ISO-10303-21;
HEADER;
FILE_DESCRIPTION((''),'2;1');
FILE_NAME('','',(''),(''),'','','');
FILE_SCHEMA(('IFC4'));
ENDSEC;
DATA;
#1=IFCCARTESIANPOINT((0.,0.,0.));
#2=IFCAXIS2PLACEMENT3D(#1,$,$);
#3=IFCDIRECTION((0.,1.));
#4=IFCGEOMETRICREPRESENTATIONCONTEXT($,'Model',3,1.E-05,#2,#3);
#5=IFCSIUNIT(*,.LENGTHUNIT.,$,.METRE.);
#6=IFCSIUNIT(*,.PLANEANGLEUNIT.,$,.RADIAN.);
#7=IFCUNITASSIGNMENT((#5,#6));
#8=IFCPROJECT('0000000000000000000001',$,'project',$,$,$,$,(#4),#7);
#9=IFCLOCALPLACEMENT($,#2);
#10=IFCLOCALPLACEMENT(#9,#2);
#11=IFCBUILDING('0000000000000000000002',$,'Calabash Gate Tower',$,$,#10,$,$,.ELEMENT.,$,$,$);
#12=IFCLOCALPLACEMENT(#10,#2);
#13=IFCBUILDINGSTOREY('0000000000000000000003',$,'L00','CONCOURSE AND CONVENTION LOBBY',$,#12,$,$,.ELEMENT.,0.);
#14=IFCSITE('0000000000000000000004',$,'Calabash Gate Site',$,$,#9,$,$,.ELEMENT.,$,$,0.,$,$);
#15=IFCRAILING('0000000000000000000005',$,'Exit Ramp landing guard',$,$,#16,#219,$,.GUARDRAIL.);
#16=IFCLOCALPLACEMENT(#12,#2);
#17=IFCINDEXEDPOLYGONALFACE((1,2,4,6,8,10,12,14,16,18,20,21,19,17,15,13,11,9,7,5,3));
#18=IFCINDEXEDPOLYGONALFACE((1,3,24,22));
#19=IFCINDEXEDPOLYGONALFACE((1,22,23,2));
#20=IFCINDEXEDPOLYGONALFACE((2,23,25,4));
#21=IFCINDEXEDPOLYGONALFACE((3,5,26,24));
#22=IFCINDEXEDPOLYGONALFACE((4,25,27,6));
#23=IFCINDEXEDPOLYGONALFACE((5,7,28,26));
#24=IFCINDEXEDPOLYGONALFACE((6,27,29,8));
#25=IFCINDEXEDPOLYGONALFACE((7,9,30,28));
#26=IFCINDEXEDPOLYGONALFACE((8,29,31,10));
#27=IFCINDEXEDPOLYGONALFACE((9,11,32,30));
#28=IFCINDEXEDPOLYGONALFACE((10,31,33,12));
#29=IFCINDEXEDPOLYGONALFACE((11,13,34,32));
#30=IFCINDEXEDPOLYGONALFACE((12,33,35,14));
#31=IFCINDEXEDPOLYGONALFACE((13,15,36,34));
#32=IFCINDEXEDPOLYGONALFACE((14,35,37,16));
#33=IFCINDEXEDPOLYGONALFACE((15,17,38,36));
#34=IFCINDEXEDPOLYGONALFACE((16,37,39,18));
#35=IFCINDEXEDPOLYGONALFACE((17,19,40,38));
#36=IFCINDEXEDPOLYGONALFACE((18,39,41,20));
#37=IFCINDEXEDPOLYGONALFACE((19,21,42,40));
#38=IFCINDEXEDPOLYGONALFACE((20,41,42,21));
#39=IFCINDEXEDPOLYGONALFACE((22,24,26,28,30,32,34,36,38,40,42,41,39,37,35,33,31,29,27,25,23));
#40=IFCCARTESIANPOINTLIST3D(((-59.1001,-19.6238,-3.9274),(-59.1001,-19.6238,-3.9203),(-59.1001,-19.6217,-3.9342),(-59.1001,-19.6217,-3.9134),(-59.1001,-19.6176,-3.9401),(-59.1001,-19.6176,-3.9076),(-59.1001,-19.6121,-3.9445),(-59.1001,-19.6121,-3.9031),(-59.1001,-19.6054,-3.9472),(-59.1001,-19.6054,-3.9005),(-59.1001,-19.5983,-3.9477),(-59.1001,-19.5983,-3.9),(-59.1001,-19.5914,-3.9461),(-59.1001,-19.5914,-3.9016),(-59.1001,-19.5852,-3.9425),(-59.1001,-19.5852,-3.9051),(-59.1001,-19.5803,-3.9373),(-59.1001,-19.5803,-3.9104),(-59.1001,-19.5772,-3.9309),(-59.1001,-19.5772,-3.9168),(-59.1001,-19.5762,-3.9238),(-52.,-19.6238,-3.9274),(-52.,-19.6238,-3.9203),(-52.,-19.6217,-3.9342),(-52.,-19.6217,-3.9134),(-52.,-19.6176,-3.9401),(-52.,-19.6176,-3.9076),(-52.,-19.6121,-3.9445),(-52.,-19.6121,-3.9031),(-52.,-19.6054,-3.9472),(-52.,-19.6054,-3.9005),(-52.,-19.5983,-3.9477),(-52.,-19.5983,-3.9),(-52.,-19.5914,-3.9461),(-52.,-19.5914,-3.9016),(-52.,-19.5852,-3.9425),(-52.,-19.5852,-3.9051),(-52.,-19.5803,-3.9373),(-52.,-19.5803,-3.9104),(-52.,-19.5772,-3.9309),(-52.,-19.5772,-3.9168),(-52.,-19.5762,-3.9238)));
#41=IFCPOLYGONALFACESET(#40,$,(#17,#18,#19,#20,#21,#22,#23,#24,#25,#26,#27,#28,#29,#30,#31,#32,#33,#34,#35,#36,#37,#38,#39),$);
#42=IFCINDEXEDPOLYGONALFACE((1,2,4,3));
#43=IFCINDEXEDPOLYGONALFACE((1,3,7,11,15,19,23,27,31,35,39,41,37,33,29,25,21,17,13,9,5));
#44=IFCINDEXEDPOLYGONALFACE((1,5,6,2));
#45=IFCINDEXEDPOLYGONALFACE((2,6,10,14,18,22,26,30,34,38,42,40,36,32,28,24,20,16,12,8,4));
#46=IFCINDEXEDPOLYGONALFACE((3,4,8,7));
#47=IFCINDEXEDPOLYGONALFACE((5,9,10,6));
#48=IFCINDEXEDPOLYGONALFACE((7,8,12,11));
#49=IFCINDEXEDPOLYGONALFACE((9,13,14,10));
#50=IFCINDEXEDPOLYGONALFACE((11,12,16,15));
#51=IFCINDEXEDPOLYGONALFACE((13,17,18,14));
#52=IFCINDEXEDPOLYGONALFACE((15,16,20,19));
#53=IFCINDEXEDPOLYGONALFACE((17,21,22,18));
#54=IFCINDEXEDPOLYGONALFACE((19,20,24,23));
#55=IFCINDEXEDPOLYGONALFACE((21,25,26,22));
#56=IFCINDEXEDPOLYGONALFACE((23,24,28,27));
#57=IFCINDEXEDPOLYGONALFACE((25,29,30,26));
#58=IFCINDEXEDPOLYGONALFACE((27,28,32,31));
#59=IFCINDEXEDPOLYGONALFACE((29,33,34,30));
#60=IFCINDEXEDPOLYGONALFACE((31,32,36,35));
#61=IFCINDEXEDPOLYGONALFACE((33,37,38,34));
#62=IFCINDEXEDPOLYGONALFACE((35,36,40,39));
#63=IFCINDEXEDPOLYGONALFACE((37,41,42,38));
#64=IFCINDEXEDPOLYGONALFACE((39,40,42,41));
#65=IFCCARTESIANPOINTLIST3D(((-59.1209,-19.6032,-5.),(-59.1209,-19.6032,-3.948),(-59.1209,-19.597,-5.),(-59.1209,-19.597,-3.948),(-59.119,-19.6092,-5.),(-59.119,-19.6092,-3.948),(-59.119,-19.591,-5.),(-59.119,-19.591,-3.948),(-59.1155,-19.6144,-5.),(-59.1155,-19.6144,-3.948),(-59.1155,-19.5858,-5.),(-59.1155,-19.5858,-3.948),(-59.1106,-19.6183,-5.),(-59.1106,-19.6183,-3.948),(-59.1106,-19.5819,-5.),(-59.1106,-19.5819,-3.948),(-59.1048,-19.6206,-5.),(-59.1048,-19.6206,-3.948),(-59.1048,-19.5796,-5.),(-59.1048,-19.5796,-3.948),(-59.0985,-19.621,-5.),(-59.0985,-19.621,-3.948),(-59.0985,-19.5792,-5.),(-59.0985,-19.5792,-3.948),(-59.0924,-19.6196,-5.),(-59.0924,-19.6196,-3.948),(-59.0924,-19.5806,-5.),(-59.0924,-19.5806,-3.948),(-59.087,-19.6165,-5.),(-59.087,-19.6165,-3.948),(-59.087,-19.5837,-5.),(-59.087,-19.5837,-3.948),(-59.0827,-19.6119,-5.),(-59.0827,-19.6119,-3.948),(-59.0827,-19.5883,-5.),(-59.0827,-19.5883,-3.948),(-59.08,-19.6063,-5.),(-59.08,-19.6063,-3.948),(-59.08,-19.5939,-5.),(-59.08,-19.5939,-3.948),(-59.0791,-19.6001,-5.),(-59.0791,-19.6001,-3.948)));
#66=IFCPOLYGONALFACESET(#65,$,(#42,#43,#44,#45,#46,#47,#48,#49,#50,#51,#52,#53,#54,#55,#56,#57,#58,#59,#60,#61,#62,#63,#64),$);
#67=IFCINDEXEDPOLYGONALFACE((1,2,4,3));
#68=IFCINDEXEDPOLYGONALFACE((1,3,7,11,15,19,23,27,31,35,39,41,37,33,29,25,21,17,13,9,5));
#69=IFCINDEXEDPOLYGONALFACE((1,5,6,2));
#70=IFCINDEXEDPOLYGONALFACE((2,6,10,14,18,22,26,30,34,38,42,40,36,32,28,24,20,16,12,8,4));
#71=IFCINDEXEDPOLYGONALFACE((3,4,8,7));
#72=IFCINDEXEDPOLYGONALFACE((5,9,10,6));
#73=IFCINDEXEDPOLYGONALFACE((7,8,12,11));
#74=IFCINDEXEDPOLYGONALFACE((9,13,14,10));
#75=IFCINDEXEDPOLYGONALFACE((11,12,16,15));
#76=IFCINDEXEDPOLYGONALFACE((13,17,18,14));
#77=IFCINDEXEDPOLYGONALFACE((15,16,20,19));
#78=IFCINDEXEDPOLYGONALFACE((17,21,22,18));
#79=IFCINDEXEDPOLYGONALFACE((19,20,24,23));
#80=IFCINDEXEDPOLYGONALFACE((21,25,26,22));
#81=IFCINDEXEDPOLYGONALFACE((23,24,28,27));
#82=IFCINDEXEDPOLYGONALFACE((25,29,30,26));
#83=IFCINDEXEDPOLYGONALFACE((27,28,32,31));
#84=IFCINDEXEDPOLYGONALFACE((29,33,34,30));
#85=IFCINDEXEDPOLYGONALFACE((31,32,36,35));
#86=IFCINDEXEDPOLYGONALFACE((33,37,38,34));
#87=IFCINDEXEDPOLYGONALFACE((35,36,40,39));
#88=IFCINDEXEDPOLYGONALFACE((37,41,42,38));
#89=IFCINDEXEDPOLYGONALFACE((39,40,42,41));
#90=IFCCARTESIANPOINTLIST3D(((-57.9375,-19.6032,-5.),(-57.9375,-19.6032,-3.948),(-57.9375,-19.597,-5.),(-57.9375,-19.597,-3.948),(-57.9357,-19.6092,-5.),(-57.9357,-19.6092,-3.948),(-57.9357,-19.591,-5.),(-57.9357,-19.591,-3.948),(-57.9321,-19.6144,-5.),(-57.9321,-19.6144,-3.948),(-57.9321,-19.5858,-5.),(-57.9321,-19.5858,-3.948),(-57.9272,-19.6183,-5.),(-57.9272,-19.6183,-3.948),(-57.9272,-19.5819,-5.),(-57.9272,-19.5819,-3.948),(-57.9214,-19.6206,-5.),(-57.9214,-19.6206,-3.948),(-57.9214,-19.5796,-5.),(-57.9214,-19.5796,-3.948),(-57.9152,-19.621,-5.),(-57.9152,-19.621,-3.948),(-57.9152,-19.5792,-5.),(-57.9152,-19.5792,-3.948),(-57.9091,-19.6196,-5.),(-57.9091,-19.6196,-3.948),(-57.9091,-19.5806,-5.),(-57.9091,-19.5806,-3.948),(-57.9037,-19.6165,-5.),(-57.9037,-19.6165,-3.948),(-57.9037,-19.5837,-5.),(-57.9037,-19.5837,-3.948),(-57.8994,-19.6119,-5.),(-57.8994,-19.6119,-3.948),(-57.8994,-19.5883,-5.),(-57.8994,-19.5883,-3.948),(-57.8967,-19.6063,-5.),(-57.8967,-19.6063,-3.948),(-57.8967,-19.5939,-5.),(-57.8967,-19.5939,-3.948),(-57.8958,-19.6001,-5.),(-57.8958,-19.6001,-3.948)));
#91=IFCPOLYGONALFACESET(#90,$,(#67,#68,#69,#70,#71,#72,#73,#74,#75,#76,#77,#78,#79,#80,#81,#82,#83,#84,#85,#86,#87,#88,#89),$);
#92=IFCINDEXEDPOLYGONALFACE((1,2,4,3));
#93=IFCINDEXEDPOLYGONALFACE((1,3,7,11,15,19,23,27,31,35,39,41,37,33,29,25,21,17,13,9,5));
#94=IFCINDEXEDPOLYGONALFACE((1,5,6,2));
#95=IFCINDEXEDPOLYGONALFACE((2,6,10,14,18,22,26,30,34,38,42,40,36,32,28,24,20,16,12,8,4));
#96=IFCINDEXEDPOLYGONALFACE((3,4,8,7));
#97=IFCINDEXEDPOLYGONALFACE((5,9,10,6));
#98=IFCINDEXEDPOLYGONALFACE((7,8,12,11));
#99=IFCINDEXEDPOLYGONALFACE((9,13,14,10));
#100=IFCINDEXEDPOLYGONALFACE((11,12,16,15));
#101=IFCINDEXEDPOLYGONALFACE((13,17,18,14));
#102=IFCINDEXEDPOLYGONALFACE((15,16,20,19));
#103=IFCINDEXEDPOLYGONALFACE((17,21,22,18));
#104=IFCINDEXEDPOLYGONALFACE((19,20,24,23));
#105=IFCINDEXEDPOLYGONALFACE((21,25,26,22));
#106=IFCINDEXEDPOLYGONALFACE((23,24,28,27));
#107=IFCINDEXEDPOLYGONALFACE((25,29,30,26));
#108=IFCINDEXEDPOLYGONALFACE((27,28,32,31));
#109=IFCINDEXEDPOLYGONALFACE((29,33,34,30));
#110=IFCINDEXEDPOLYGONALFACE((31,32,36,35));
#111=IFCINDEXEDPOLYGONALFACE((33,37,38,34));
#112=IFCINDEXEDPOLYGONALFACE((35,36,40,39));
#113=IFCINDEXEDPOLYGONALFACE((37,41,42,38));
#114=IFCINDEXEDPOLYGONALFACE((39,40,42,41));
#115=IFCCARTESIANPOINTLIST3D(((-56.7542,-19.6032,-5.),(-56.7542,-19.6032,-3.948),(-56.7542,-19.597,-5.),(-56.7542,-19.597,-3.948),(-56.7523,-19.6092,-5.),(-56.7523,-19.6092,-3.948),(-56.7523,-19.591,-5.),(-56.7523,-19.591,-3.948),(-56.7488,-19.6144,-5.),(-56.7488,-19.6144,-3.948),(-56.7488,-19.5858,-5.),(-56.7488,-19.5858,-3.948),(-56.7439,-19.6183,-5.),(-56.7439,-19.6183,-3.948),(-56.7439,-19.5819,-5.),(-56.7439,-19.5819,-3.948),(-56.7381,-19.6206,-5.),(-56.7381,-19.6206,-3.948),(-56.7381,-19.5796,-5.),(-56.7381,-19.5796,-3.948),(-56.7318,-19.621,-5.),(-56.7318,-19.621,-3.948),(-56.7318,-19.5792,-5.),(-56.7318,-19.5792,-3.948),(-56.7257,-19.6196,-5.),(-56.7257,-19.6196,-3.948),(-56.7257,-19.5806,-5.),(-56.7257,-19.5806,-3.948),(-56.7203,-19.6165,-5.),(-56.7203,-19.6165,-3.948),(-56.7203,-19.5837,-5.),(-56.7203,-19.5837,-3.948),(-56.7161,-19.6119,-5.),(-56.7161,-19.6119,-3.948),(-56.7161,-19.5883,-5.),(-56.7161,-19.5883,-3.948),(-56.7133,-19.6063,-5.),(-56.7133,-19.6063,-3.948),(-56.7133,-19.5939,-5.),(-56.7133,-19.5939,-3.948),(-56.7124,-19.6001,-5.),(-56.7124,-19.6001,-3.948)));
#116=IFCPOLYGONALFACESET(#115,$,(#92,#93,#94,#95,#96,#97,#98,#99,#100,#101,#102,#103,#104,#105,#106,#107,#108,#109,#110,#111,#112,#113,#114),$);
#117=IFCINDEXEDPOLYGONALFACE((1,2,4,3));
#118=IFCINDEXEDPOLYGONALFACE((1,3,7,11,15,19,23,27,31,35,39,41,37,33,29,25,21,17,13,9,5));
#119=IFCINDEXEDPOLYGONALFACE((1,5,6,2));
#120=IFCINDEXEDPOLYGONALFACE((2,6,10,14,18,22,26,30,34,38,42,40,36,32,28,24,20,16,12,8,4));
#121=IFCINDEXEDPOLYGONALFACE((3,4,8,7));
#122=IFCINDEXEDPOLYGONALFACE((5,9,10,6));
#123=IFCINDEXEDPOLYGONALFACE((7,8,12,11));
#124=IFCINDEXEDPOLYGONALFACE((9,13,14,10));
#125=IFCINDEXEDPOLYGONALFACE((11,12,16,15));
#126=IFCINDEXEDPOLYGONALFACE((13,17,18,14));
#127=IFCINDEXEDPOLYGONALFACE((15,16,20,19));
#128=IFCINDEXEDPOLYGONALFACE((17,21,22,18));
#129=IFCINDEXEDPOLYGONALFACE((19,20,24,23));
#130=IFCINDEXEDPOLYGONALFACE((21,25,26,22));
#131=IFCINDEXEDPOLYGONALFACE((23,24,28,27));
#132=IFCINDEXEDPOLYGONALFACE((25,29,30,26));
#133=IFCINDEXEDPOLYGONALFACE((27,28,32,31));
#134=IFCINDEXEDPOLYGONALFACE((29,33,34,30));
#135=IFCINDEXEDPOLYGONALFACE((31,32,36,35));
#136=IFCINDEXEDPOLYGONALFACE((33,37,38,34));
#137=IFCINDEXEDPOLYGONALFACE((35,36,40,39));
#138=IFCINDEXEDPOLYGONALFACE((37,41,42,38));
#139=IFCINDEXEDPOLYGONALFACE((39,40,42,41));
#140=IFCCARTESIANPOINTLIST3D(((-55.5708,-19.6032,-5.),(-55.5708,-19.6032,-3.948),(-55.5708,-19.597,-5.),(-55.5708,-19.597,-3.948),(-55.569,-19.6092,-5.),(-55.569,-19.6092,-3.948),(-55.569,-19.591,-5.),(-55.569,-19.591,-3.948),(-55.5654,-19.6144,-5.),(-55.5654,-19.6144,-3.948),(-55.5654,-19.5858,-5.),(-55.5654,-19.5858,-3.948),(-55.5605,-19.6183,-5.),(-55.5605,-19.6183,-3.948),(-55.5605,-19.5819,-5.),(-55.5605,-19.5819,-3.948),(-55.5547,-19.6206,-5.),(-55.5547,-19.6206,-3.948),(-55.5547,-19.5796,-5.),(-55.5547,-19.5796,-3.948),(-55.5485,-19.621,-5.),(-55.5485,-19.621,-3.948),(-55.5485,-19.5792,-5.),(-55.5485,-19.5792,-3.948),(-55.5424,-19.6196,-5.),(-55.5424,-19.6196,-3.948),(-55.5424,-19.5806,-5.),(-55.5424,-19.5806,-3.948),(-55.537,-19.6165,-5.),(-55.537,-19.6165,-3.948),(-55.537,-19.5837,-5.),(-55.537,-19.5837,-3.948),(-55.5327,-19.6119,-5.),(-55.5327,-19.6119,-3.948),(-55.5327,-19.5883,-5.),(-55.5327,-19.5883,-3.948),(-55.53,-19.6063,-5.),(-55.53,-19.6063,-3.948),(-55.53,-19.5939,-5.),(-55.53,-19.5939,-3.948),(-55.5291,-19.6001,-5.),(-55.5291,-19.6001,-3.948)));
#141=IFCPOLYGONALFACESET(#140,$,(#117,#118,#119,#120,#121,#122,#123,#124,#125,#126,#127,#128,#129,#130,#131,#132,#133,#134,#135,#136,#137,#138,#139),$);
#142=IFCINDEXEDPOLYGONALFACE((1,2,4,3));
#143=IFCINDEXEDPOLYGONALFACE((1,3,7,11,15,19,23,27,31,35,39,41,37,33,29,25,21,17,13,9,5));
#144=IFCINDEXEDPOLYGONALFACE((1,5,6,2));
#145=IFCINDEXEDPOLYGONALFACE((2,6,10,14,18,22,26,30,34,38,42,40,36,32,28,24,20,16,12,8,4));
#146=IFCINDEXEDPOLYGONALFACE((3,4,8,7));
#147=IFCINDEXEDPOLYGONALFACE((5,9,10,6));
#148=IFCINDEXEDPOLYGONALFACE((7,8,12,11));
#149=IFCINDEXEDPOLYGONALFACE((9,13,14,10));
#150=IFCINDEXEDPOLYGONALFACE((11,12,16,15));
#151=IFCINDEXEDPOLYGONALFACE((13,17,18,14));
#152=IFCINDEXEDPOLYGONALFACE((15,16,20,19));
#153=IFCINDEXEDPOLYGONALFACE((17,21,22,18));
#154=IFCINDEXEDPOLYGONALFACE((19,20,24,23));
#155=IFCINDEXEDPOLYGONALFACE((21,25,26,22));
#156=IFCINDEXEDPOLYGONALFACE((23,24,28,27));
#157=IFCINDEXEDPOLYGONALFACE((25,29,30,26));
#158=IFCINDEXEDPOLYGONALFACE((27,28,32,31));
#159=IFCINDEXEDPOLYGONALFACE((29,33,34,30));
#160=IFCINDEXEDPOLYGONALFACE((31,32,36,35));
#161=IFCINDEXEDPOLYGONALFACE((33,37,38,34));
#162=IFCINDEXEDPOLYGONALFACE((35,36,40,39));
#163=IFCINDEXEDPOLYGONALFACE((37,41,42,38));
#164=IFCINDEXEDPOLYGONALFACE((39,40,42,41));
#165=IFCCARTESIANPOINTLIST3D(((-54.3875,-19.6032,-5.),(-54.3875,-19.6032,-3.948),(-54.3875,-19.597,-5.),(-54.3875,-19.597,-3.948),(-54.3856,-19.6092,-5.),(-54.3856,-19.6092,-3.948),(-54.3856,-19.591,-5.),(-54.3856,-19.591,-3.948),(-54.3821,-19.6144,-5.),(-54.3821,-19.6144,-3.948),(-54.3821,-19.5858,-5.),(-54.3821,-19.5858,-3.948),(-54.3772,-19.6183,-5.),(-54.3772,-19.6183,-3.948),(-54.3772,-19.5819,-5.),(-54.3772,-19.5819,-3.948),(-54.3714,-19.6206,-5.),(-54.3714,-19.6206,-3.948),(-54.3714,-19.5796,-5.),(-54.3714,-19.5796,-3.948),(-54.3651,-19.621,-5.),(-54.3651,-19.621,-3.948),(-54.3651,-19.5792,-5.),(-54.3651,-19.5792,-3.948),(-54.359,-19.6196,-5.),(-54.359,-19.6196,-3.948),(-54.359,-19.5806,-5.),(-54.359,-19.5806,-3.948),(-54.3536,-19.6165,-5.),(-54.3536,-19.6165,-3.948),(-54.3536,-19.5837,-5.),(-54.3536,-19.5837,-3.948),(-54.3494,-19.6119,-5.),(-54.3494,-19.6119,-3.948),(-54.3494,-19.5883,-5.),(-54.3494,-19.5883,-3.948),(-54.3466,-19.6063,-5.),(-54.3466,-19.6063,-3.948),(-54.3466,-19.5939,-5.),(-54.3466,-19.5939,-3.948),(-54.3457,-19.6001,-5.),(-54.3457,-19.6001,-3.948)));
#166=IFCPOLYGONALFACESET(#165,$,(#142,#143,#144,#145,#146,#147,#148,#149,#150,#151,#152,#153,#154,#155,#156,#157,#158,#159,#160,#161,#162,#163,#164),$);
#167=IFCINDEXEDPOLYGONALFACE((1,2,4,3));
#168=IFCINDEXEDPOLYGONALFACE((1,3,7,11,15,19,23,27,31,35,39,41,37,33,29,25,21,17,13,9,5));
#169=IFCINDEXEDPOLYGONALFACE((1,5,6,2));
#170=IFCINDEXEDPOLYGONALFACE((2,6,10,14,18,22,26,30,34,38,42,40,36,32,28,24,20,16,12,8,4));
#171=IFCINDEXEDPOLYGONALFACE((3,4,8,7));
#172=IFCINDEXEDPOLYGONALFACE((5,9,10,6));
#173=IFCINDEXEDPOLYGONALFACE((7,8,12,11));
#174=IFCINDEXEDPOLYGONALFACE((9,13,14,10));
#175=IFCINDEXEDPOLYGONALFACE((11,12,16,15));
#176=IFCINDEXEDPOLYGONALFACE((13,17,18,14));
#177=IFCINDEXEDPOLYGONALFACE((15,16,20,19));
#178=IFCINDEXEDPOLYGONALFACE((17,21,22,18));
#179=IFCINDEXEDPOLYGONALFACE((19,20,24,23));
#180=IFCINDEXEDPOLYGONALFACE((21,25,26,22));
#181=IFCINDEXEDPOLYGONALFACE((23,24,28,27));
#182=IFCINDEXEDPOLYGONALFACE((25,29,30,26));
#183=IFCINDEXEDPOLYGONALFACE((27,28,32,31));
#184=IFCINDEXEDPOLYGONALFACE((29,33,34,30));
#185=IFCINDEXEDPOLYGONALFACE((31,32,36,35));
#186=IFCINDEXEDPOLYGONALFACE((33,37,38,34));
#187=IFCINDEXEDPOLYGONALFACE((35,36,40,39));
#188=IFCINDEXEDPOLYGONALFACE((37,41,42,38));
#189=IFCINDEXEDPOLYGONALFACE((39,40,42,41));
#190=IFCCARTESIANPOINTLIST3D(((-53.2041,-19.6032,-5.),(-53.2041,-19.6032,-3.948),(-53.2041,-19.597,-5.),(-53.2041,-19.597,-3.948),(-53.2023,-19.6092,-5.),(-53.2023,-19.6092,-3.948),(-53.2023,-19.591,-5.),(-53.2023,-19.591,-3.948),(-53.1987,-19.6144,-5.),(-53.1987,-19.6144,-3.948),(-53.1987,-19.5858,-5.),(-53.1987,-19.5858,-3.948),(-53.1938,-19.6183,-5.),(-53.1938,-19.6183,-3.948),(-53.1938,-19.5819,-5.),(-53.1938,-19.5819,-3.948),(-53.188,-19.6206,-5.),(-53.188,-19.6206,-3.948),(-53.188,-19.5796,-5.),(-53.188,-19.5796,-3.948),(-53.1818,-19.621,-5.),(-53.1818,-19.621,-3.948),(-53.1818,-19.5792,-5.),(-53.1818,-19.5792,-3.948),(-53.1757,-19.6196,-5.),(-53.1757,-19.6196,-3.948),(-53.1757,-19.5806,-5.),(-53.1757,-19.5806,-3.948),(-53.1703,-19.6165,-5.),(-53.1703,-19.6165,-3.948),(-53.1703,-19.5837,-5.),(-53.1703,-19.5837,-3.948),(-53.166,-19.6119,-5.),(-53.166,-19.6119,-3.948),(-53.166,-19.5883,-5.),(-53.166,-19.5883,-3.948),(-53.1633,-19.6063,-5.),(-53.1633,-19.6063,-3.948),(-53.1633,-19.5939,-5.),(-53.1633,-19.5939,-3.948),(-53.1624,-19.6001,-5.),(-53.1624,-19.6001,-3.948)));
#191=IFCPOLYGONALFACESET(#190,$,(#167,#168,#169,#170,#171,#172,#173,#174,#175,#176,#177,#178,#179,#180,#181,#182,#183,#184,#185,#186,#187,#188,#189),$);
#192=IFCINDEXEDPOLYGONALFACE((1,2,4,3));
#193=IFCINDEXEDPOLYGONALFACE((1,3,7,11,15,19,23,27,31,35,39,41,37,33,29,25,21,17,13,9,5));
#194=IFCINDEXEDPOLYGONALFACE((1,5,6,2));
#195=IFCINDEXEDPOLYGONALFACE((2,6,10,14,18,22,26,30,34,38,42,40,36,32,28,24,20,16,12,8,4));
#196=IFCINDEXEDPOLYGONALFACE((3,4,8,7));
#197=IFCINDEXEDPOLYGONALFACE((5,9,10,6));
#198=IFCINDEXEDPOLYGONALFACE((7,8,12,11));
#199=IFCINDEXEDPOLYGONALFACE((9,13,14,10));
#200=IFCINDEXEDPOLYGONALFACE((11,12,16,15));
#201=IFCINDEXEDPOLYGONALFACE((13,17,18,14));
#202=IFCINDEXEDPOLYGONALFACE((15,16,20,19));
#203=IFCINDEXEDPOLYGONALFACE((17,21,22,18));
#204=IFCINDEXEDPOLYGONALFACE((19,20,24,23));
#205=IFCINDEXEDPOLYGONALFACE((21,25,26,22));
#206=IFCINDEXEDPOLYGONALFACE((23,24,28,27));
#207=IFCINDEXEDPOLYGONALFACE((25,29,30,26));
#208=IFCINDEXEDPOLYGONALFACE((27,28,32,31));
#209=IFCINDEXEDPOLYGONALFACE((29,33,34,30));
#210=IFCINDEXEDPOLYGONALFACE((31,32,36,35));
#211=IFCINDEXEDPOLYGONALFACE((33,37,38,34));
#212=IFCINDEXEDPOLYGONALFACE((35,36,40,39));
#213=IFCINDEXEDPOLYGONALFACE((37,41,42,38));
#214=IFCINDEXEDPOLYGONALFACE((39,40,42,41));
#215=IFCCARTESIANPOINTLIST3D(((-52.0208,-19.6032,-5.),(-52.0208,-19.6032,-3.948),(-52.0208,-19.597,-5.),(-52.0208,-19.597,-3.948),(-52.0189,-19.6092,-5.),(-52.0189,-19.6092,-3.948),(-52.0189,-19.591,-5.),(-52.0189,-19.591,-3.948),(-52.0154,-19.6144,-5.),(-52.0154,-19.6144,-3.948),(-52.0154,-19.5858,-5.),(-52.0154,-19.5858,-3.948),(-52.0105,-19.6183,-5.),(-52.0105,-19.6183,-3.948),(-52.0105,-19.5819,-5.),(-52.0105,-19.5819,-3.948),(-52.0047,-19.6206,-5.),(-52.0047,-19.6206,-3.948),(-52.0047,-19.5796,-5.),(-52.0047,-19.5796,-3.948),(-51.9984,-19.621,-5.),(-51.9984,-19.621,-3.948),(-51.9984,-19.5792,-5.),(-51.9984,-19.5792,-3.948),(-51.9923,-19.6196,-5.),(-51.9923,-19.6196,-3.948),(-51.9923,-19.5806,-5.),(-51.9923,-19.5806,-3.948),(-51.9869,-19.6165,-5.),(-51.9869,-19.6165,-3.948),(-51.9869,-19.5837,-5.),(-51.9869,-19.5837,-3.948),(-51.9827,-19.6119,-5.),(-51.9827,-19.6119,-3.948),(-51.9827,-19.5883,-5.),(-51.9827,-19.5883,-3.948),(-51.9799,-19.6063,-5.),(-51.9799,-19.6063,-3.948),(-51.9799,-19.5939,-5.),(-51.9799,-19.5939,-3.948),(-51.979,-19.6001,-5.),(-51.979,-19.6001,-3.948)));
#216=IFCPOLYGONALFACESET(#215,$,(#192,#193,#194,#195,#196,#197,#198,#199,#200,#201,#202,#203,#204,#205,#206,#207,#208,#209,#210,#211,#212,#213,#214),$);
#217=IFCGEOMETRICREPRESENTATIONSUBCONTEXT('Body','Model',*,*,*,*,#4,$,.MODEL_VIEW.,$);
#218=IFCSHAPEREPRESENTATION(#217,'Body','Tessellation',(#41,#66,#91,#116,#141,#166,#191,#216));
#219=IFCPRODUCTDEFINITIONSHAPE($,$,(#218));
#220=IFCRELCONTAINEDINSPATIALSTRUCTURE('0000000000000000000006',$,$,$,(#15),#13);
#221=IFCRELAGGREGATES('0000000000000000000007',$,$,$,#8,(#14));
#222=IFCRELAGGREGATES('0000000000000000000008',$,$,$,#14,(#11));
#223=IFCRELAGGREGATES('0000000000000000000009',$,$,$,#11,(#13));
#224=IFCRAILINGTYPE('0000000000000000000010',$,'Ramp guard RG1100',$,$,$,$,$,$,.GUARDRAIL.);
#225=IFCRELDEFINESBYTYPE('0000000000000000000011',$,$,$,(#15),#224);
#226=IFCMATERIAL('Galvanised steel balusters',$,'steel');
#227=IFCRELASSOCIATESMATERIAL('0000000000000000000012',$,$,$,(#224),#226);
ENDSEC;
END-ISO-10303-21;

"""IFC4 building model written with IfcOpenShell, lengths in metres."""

from ifc_helpers import new_model, si_unit, direction, frame, origin, origin_2d, place, context, subcontext, project, spatial, circle, extrude, material, type_object, element, save


model = new_model("IFC4")

# Units and contexts
model_context = context("Model", 3, precision=1e-05, world=origin(), true_north=direction((0.0, 1.0)))
body_context = subcontext(model_context, "Body", "Model", "MODEL_VIEW")
ifc_project = project(units=[si_unit("LENGTHUNIT", "METRE"), si_unit("PLANEANGLEUNIT", "RADIAN")], contexts=[model_context])

# Site, building, storey
site_placement = place(None, origin())
site = spatial("IfcSite", under=ifc_project, at=site_placement, Name="Calabash Gate Site", CompositionType="ELEMENT", RefElevation=0.0)
building_placement = place(site_placement, origin())
building = spatial("IfcBuilding", under=site, at=building_placement, Name="Calabash Gate Tower", CompositionType="ELEMENT")
storey_placement = place(building_placement, origin())
storey = spatial("IfcBuildingStorey", under=building, at=storey_placement, Name="L00", Description="CONCOURSE AND CONVENTION LOBBY", CompositionType="ELEMENT", Elevation=0.0)

# Railing
ifc_material_1 = material(Name="Galvanised steel balusters", Category="steel")
railing_type = type_object("IfcRailingType", Name="Ramp guard RG1100", PredefinedType="GUARDRAIL", material=ifc_material_1)
railing_1_placement = place(storey_placement, frame((-59.1001, -19.6001, -5.0)))
element("IfcRailing", 1, at=railing_1_placement, inside=storey, type_object=railing_type, Name="Exit Ramp landing guard", PredefinedType="GUARDRAIL", context=body_context, shape_type="SweptSolid", body=[
    extrude(circle(Radius=0.0239, at=origin_2d()), frame((0.0, 0.0, 1.0762), z_axis=(1.0, 0.0, 0.0), x_axis=(0.0, 1.0, 0.0)), (0.0, 0.0, 1.0), 7.1001),
    extrude(circle(Radius=0.021, at=origin_2d()), origin(), (0.0, 0.0, 1.0), 1.052),
    extrude(circle(Radius=0.021, at=origin_2d()), frame((1.1833, 0.0, 0.0)), (0.0, 0.0, 1.0), 1.052),
    extrude(circle(Radius=0.021, at=origin_2d()), frame((2.3667, 0.0, 0.0)), (0.0, 0.0, 1.0), 1.052),
    extrude(circle(Radius=0.021, at=origin_2d()), frame((3.55, 0.0, 0.0)), (0.0, 0.0, 1.0), 1.052),
    extrude(circle(Radius=0.021, at=origin_2d()), frame((4.7334, 0.0, 0.0)), (0.0, 0.0, 1.0), 1.052),
    extrude(circle(Radius=0.021, at=origin_2d()), frame((5.9167, 0.0, 0.0)), (0.0, 0.0, 1.0), 1.052),
    extrude(circle(Radius=0.021, at=origin_2d()), frame((7.1001, 0.0, 0.0)), (0.0, 0.0, 1.0), 1.052),
])

save(model, "model.ifc")
